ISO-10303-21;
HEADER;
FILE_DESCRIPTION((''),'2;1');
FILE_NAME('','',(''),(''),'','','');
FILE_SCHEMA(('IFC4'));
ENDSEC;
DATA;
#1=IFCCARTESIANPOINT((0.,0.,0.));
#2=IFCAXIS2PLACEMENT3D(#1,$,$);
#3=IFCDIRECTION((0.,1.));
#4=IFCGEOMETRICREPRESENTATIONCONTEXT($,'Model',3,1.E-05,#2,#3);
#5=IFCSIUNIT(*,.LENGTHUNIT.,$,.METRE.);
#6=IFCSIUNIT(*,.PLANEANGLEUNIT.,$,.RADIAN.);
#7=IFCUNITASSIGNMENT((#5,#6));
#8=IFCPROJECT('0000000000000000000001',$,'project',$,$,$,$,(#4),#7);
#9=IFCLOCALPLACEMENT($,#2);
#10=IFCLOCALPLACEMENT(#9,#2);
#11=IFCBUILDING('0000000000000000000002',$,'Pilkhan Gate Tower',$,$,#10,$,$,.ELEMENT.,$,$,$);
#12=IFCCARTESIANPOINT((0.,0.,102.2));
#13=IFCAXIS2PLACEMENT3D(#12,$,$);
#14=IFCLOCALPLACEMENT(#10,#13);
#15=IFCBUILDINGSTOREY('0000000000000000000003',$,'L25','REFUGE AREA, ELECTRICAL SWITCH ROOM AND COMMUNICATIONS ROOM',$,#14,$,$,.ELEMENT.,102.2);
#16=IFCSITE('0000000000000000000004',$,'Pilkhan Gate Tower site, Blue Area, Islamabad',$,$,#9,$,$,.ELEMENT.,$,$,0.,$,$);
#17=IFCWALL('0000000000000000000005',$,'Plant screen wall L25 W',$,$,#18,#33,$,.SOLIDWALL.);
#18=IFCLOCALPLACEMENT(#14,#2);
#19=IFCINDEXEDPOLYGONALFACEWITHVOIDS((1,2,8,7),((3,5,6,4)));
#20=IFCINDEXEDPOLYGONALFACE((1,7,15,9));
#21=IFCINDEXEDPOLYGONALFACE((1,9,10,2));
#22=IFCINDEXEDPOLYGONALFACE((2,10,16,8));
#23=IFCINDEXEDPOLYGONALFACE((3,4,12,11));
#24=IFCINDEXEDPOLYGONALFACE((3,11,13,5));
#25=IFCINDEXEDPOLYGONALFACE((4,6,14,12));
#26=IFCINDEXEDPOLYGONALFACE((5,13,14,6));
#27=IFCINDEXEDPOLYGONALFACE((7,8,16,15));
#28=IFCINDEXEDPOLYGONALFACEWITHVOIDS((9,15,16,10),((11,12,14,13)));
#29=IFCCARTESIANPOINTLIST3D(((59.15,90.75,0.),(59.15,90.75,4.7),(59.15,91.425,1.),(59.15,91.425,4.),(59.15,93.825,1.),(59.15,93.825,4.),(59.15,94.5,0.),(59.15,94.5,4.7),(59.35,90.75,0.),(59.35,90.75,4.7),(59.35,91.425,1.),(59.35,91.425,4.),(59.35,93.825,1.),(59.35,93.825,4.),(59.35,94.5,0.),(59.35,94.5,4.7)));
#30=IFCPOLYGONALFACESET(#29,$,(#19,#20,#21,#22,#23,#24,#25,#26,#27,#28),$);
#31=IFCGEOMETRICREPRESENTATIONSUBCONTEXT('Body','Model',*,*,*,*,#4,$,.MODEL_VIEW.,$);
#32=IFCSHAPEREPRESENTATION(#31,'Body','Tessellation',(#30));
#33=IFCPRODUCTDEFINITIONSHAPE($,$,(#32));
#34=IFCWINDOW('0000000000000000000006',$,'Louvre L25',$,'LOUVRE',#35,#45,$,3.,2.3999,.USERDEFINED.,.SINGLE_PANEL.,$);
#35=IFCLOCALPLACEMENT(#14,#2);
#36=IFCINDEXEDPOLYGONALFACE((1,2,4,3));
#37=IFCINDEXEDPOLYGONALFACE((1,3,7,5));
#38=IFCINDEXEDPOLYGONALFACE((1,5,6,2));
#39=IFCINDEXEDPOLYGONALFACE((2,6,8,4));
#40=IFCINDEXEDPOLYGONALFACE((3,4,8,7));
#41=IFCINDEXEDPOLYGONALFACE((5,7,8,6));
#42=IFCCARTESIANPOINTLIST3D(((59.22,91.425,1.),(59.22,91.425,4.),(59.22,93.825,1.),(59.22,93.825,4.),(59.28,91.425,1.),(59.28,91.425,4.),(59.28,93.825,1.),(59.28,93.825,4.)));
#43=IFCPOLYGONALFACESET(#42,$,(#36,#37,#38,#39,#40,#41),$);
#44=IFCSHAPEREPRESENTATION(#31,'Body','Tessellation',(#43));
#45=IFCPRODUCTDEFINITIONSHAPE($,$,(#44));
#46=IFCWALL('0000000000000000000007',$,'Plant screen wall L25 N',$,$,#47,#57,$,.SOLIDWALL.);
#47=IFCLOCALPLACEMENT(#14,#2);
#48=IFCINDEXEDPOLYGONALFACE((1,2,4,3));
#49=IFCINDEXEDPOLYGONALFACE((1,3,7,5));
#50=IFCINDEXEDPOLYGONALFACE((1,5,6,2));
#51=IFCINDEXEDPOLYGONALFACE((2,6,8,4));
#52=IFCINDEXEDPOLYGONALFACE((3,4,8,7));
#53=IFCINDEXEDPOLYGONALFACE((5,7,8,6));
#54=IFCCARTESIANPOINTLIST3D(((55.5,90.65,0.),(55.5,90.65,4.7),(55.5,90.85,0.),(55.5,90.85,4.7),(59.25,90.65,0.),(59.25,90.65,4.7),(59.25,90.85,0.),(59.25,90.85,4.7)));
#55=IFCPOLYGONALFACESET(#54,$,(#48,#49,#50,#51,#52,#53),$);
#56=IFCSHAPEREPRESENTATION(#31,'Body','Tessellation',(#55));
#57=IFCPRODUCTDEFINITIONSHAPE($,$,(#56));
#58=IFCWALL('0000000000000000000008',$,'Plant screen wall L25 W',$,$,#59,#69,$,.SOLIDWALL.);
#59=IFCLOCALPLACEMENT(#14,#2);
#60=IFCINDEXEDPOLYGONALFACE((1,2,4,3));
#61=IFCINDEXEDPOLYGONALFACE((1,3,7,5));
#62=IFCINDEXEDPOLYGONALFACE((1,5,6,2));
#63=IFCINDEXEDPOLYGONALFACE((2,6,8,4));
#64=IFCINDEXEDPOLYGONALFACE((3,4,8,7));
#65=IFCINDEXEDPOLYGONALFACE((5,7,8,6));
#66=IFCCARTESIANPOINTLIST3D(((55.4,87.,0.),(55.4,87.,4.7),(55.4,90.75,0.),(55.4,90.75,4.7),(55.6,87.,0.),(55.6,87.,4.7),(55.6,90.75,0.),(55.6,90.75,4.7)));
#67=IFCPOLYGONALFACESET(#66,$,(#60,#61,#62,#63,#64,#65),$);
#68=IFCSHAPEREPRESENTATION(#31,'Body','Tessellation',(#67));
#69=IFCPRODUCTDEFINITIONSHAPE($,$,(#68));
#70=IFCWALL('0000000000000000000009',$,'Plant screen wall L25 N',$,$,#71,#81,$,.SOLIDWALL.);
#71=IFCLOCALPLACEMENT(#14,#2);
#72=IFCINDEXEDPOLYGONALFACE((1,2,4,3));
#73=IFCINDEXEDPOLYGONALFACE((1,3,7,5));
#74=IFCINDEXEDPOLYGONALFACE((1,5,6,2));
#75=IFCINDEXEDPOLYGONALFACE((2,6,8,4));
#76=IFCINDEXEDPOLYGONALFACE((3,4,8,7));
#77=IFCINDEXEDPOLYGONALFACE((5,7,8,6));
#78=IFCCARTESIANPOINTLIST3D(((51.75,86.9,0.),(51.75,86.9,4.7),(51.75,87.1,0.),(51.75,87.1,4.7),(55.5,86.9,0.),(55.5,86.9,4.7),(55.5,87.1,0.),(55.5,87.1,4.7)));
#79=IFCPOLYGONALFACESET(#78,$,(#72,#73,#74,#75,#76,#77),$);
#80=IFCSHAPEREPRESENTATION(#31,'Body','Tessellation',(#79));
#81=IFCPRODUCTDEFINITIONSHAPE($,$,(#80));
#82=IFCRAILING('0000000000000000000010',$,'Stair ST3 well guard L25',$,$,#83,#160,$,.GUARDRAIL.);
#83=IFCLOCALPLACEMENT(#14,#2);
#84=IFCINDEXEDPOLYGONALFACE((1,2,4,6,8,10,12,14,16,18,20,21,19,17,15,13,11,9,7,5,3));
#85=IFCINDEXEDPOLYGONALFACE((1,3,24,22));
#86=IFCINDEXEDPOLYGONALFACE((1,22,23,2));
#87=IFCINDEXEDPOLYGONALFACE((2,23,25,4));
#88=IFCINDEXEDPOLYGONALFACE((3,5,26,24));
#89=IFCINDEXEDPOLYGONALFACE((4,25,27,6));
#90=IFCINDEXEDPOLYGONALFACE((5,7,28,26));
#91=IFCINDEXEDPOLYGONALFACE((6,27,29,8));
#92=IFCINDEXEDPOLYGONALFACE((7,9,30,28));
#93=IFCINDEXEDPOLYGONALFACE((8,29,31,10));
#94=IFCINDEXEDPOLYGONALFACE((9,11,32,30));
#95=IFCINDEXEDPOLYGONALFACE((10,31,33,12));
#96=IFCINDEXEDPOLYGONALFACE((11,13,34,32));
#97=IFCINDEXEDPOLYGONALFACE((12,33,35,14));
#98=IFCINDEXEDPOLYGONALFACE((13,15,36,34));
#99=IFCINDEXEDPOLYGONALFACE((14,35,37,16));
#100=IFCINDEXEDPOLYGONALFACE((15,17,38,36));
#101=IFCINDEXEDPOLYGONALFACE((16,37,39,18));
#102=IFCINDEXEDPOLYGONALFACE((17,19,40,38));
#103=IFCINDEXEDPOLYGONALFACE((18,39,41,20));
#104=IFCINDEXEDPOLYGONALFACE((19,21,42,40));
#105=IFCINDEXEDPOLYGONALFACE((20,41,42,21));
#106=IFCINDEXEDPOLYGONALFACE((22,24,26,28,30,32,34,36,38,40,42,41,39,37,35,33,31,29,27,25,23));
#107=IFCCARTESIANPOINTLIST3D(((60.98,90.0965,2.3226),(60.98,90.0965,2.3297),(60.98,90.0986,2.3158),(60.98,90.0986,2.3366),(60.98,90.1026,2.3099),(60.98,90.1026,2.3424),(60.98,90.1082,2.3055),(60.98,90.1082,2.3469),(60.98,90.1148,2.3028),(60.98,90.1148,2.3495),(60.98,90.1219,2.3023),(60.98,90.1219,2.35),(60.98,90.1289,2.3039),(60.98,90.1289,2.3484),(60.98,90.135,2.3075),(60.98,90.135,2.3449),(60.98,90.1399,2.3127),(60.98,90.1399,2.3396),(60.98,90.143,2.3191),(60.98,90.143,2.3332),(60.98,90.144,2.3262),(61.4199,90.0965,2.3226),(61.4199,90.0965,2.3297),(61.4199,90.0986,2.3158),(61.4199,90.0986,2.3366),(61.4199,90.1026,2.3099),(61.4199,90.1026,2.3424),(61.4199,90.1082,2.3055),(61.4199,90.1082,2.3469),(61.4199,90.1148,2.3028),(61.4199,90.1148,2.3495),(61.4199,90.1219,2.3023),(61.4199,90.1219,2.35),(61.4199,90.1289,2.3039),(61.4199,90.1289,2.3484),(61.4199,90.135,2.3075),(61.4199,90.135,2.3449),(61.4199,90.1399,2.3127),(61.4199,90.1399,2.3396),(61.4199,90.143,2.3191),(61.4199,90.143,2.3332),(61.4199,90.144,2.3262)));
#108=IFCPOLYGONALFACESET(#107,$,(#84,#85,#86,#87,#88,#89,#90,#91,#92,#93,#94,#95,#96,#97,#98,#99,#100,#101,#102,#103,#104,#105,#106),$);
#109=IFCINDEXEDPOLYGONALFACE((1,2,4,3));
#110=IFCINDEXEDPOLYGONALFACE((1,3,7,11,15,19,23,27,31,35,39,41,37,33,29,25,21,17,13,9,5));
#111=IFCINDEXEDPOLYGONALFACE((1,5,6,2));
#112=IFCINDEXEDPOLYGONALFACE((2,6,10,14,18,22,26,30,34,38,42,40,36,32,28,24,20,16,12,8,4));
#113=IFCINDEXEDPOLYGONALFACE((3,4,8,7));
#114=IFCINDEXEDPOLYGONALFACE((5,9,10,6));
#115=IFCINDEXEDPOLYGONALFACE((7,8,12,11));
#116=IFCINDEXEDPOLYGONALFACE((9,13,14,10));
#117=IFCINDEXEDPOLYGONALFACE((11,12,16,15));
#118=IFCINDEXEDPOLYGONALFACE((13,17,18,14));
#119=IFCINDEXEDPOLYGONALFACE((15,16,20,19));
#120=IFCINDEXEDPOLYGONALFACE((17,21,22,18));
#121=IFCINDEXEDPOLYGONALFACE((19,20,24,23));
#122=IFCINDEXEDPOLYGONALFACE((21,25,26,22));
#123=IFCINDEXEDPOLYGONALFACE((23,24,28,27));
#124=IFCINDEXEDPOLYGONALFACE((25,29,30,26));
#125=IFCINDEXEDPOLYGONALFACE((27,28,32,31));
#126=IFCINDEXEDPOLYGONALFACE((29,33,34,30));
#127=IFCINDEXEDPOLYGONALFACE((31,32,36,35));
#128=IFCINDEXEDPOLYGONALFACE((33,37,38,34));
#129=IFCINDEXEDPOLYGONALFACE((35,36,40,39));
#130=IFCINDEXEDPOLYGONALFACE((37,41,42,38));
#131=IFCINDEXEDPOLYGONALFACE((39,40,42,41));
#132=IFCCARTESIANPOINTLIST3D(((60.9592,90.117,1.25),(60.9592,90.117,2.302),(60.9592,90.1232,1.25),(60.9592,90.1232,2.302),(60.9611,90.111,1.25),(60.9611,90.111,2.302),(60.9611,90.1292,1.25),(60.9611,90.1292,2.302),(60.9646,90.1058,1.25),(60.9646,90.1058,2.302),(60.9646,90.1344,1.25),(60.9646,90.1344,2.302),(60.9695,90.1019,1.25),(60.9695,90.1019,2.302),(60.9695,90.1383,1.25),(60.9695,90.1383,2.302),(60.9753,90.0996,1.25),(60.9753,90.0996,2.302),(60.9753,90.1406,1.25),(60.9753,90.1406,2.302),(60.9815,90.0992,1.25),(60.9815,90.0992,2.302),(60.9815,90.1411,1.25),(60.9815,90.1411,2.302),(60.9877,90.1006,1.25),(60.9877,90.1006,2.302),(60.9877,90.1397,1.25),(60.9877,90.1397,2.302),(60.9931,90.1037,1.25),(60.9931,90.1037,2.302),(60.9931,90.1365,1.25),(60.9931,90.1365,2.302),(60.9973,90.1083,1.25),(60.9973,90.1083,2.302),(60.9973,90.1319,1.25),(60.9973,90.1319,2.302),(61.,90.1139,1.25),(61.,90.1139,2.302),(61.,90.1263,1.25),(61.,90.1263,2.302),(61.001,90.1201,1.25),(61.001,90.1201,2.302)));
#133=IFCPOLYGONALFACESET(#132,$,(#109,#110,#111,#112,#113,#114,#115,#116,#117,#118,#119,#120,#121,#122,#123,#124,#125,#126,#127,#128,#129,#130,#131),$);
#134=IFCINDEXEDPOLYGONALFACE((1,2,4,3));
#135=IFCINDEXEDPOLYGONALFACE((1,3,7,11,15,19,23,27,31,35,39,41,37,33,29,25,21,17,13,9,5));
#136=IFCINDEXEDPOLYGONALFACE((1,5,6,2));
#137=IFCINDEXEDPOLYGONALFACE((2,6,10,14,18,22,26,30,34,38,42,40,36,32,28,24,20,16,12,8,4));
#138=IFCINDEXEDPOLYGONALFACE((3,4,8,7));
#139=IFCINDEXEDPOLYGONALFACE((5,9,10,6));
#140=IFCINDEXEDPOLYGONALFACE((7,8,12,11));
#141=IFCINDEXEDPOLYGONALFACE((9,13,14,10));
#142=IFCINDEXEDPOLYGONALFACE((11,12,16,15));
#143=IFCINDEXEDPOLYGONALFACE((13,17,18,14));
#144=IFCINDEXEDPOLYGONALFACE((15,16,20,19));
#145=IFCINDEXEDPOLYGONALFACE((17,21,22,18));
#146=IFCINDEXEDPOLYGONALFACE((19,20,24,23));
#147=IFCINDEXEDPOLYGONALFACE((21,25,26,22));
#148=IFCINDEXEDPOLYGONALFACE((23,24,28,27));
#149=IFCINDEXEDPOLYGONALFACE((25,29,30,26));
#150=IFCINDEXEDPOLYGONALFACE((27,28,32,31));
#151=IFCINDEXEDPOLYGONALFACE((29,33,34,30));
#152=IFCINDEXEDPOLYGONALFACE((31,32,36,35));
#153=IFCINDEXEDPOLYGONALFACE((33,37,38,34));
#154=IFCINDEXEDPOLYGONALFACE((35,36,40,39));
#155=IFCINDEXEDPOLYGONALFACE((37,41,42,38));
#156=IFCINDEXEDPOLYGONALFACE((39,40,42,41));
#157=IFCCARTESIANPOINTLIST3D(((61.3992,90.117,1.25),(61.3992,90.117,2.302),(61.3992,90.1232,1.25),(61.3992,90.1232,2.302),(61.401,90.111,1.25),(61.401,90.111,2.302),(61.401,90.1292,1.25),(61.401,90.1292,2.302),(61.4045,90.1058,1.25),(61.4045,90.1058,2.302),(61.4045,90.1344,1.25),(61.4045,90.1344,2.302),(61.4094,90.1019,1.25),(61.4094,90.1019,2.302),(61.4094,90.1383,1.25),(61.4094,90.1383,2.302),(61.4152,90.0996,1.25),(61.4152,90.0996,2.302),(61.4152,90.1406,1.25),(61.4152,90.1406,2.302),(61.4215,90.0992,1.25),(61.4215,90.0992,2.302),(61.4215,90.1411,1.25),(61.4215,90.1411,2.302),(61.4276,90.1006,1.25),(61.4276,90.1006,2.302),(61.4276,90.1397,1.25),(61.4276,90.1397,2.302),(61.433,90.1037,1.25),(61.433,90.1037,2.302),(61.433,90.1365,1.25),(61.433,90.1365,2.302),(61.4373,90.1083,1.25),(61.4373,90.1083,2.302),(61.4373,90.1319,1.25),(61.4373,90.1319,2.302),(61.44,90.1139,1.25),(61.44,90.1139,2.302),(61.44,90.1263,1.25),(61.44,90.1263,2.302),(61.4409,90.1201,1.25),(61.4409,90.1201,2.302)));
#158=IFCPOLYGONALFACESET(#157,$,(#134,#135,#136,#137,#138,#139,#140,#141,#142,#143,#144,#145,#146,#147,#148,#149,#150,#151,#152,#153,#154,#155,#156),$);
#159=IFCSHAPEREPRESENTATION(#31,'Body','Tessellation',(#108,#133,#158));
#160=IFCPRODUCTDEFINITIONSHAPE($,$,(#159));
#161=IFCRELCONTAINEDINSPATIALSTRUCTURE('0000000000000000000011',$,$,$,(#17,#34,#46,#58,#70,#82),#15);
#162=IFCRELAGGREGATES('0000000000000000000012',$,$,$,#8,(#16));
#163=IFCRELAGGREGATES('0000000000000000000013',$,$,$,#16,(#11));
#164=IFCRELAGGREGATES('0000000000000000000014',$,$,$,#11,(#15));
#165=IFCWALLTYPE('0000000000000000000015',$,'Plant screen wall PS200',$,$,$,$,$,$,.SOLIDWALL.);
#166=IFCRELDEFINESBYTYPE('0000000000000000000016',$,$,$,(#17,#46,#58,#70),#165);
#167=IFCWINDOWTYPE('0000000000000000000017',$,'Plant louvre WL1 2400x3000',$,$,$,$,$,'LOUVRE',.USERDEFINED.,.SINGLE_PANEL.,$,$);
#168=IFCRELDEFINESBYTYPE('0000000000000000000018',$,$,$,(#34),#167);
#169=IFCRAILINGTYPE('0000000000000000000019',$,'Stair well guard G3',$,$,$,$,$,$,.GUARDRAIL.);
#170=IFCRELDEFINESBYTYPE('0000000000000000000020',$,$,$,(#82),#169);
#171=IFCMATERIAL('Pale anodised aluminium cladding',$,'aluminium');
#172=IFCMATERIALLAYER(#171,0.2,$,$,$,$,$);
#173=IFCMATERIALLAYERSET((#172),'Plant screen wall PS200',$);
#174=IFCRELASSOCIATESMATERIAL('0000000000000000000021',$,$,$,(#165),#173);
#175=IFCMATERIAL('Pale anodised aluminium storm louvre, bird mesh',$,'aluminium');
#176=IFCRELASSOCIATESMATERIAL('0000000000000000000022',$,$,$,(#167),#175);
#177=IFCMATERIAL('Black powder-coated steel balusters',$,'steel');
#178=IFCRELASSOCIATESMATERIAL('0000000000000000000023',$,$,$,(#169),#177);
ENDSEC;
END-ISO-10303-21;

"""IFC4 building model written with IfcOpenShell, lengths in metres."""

from ifc_helpers import new_model, si_unit, direction, frame, frame_2d, origin, origin_2d, place, context, subcontext, project, spatial, rectangle, circle, extrude, material, layer, layer_set, type_object, element, fill, save


model = new_model("IFC4")

# Units and contexts
model_context = context("Model", 3, precision=1e-05, world=origin(), true_north=direction((0.0, 1.0)))
body_context = subcontext(model_context, "Body", "Model", "MODEL_VIEW")
ifc_project = project(units=[si_unit("LENGTHUNIT", "METRE"), si_unit("PLANEANGLEUNIT", "RADIAN")], contexts=[model_context])

# Site, building, storey
site_placement = place(None, origin())
site = spatial("IfcSite", under=ifc_project, at=site_placement, Name="Pilkhan Gate Tower site, Blue Area, Islamabad", CompositionType="ELEMENT", RefElevation=0.0)
building_placement = place(site_placement, origin())
building = spatial("IfcBuilding", under=site, at=building_placement, Name="Pilkhan Gate Tower", CompositionType="ELEMENT")
storey_placement = place(building_placement, frame((0.0, 0.0, 102.2)))
storey = spatial("IfcBuildingStorey", under=building, at=storey_placement, Name="L25", Description="REFUGE AREA, ELECTRICAL SWITCH ROOM AND COMMUNICATIONS ROOM", CompositionType="ELEMENT", Elevation=102.2)

# Shared definitions
ifc_material_1 = material(Name="Pale anodised aluminium cladding", Category="aluminium")
ifc_layer_1 = layer(ifc_material_1, 0.2)
ifc_layer_set_1 = layer_set([ifc_layer_1], Name="Plant screen wall PS200")
wall_type_1 = type_object("IfcWallType", Name="Plant screen wall PS200", PredefinedType="SOLIDWALL", material=ifc_layer_set_1)
ifc_material_2 = material(Name="Pale anodised aluminium storm louvre, bird mesh", Category="aluminium")
window_type = type_object("IfcWindowType", Name="Plant louvre WL1 2400x3000", ElementType="LOUVRE", PartitioningType="SINGLE_PANEL", PredefinedType="USERDEFINED", material=ifc_material_2)

# Wall, opening, window
wall_1_placement = place(storey_placement, frame((59.25, 90.75, 0.0), z_axis=(0.0, 0.0, 1.0), x_axis=(0.0, 1.0, 0.0)))
wall_1 = element("IfcWall", 1, at=wall_1_placement, inside=storey, type_object=wall_type_1, Name="Plant screen wall L25 W", PredefinedType="SOLIDWALL", context=body_context, shape_type="SweptSolid", body=[
    extrude(rectangle(XDim=3.75, YDim=0.2, at=frame_2d((1.875, 0.0))), origin(), (0.0, 0.0, 1.0), 4.7),
])
opening_1_placement = place(wall_1_placement, frame((0.675, 0.0, 1.0)))
opening_1 = element("IfcOpeningElement", 2, at=opening_1_placement, cuts=wall_1, PredefinedType="OPENING", context=body_context, shape_type="SweptSolid", body=[
    extrude(rectangle(XDim=2.3999, YDim=3.0, at=frame_2d((1.2, 1.5))), frame((0.0, 0.1099, 0.0), z_axis=(0.0, -1.0, 0.0), x_axis=(1.0, 0.0, 0.0)), (0.0, 0.0, 1.0), 0.22),
])
window_1_placement = place(opening_1_placement, origin())
window_1 = element("IfcWindow", 3, at=window_1_placement, inside=storey, type_object=window_type, Name="Louvre L25", ObjectType="LOUVRE", OverallHeight=3.0, OverallWidth=2.3999, PartitioningType="SINGLE_PANEL", PredefinedType="USERDEFINED", context=body_context, shape_type="SweptSolid", body=[
    extrude(rectangle(XDim=2.3999, YDim=3.0, at=frame_2d((1.2, 1.5))), frame((0.0, 0.03, 0.0), z_axis=(0.0, -1.0, 0.0), x_axis=(1.0, 0.0, 0.0)), (0.0, 0.0, 1.0), 0.0601),
])
fill(opening_1, window_1)

# Walls
for number, where, z_axis, x_axis, name in (
    (4, (55.5, 90.75, 0.0), (0.0, 0.0, 1.0), (1.0, 0.0, 0.0), "Plant screen wall L25 N"),
    (5, (55.5, 87.0, 0.0), (0.0, 0.0, 1.0), (0.0, 1.0, 0.0), "Plant screen wall L25 W"),
    (6, (51.75, 87.0, 0.0), (0.0, 0.0, 1.0), (1.0, 0.0, 0.0), "Plant screen wall L25 N"),
):
    element("IfcWall", number, at=place(storey_placement, frame(where, z_axis=z_axis, x_axis=x_axis)), inside=storey, type_object=wall_type_1, Name=name, PredefinedType="SOLIDWALL", context=body_context, shape_type="SweptSolid", body=[
        extrude(rectangle(XDim=3.75, YDim=0.2, at=frame_2d((1.875, 0.0))), origin(), (0.0, 0.0, 1.0), 4.7),
    ])

# Railing
ifc_material_3 = material(Name="Black powder-coated steel balusters", Category="steel")
railing_type = type_object("IfcRailingType", Name="Stair well guard G3", PredefinedType="GUARDRAIL", material=ifc_material_3)
for number, where, name in (
    (7, (60.98, 90.1201, 1.25), "Stair ST3 well guard L25"),
):
    element("IfcRailing", number, at=place(storey_placement, frame(where)), inside=storey, type_object=railing_type, Name=name, PredefinedType="GUARDRAIL", context=body_context, shape_type="SweptSolid", body=[
        extrude(circle(Radius=0.0239, at=origin_2d()), frame((0.0, 0.0, 1.0762), z_axis=(1.0, 0.0, 0.0), x_axis=(0.0, 1.0, 0.0)), (0.0, 0.0, 1.0), 0.4399),
        extrude(circle(Radius=0.021, at=origin_2d()), origin(), (0.0, 0.0, 1.0), 1.052),
        extrude(circle(Radius=0.021, at=origin_2d()), frame((0.4399, 0.0, 0.0)), (0.0, 0.0, 1.0), 1.052),
    ])

save(model, "model.ifc")
